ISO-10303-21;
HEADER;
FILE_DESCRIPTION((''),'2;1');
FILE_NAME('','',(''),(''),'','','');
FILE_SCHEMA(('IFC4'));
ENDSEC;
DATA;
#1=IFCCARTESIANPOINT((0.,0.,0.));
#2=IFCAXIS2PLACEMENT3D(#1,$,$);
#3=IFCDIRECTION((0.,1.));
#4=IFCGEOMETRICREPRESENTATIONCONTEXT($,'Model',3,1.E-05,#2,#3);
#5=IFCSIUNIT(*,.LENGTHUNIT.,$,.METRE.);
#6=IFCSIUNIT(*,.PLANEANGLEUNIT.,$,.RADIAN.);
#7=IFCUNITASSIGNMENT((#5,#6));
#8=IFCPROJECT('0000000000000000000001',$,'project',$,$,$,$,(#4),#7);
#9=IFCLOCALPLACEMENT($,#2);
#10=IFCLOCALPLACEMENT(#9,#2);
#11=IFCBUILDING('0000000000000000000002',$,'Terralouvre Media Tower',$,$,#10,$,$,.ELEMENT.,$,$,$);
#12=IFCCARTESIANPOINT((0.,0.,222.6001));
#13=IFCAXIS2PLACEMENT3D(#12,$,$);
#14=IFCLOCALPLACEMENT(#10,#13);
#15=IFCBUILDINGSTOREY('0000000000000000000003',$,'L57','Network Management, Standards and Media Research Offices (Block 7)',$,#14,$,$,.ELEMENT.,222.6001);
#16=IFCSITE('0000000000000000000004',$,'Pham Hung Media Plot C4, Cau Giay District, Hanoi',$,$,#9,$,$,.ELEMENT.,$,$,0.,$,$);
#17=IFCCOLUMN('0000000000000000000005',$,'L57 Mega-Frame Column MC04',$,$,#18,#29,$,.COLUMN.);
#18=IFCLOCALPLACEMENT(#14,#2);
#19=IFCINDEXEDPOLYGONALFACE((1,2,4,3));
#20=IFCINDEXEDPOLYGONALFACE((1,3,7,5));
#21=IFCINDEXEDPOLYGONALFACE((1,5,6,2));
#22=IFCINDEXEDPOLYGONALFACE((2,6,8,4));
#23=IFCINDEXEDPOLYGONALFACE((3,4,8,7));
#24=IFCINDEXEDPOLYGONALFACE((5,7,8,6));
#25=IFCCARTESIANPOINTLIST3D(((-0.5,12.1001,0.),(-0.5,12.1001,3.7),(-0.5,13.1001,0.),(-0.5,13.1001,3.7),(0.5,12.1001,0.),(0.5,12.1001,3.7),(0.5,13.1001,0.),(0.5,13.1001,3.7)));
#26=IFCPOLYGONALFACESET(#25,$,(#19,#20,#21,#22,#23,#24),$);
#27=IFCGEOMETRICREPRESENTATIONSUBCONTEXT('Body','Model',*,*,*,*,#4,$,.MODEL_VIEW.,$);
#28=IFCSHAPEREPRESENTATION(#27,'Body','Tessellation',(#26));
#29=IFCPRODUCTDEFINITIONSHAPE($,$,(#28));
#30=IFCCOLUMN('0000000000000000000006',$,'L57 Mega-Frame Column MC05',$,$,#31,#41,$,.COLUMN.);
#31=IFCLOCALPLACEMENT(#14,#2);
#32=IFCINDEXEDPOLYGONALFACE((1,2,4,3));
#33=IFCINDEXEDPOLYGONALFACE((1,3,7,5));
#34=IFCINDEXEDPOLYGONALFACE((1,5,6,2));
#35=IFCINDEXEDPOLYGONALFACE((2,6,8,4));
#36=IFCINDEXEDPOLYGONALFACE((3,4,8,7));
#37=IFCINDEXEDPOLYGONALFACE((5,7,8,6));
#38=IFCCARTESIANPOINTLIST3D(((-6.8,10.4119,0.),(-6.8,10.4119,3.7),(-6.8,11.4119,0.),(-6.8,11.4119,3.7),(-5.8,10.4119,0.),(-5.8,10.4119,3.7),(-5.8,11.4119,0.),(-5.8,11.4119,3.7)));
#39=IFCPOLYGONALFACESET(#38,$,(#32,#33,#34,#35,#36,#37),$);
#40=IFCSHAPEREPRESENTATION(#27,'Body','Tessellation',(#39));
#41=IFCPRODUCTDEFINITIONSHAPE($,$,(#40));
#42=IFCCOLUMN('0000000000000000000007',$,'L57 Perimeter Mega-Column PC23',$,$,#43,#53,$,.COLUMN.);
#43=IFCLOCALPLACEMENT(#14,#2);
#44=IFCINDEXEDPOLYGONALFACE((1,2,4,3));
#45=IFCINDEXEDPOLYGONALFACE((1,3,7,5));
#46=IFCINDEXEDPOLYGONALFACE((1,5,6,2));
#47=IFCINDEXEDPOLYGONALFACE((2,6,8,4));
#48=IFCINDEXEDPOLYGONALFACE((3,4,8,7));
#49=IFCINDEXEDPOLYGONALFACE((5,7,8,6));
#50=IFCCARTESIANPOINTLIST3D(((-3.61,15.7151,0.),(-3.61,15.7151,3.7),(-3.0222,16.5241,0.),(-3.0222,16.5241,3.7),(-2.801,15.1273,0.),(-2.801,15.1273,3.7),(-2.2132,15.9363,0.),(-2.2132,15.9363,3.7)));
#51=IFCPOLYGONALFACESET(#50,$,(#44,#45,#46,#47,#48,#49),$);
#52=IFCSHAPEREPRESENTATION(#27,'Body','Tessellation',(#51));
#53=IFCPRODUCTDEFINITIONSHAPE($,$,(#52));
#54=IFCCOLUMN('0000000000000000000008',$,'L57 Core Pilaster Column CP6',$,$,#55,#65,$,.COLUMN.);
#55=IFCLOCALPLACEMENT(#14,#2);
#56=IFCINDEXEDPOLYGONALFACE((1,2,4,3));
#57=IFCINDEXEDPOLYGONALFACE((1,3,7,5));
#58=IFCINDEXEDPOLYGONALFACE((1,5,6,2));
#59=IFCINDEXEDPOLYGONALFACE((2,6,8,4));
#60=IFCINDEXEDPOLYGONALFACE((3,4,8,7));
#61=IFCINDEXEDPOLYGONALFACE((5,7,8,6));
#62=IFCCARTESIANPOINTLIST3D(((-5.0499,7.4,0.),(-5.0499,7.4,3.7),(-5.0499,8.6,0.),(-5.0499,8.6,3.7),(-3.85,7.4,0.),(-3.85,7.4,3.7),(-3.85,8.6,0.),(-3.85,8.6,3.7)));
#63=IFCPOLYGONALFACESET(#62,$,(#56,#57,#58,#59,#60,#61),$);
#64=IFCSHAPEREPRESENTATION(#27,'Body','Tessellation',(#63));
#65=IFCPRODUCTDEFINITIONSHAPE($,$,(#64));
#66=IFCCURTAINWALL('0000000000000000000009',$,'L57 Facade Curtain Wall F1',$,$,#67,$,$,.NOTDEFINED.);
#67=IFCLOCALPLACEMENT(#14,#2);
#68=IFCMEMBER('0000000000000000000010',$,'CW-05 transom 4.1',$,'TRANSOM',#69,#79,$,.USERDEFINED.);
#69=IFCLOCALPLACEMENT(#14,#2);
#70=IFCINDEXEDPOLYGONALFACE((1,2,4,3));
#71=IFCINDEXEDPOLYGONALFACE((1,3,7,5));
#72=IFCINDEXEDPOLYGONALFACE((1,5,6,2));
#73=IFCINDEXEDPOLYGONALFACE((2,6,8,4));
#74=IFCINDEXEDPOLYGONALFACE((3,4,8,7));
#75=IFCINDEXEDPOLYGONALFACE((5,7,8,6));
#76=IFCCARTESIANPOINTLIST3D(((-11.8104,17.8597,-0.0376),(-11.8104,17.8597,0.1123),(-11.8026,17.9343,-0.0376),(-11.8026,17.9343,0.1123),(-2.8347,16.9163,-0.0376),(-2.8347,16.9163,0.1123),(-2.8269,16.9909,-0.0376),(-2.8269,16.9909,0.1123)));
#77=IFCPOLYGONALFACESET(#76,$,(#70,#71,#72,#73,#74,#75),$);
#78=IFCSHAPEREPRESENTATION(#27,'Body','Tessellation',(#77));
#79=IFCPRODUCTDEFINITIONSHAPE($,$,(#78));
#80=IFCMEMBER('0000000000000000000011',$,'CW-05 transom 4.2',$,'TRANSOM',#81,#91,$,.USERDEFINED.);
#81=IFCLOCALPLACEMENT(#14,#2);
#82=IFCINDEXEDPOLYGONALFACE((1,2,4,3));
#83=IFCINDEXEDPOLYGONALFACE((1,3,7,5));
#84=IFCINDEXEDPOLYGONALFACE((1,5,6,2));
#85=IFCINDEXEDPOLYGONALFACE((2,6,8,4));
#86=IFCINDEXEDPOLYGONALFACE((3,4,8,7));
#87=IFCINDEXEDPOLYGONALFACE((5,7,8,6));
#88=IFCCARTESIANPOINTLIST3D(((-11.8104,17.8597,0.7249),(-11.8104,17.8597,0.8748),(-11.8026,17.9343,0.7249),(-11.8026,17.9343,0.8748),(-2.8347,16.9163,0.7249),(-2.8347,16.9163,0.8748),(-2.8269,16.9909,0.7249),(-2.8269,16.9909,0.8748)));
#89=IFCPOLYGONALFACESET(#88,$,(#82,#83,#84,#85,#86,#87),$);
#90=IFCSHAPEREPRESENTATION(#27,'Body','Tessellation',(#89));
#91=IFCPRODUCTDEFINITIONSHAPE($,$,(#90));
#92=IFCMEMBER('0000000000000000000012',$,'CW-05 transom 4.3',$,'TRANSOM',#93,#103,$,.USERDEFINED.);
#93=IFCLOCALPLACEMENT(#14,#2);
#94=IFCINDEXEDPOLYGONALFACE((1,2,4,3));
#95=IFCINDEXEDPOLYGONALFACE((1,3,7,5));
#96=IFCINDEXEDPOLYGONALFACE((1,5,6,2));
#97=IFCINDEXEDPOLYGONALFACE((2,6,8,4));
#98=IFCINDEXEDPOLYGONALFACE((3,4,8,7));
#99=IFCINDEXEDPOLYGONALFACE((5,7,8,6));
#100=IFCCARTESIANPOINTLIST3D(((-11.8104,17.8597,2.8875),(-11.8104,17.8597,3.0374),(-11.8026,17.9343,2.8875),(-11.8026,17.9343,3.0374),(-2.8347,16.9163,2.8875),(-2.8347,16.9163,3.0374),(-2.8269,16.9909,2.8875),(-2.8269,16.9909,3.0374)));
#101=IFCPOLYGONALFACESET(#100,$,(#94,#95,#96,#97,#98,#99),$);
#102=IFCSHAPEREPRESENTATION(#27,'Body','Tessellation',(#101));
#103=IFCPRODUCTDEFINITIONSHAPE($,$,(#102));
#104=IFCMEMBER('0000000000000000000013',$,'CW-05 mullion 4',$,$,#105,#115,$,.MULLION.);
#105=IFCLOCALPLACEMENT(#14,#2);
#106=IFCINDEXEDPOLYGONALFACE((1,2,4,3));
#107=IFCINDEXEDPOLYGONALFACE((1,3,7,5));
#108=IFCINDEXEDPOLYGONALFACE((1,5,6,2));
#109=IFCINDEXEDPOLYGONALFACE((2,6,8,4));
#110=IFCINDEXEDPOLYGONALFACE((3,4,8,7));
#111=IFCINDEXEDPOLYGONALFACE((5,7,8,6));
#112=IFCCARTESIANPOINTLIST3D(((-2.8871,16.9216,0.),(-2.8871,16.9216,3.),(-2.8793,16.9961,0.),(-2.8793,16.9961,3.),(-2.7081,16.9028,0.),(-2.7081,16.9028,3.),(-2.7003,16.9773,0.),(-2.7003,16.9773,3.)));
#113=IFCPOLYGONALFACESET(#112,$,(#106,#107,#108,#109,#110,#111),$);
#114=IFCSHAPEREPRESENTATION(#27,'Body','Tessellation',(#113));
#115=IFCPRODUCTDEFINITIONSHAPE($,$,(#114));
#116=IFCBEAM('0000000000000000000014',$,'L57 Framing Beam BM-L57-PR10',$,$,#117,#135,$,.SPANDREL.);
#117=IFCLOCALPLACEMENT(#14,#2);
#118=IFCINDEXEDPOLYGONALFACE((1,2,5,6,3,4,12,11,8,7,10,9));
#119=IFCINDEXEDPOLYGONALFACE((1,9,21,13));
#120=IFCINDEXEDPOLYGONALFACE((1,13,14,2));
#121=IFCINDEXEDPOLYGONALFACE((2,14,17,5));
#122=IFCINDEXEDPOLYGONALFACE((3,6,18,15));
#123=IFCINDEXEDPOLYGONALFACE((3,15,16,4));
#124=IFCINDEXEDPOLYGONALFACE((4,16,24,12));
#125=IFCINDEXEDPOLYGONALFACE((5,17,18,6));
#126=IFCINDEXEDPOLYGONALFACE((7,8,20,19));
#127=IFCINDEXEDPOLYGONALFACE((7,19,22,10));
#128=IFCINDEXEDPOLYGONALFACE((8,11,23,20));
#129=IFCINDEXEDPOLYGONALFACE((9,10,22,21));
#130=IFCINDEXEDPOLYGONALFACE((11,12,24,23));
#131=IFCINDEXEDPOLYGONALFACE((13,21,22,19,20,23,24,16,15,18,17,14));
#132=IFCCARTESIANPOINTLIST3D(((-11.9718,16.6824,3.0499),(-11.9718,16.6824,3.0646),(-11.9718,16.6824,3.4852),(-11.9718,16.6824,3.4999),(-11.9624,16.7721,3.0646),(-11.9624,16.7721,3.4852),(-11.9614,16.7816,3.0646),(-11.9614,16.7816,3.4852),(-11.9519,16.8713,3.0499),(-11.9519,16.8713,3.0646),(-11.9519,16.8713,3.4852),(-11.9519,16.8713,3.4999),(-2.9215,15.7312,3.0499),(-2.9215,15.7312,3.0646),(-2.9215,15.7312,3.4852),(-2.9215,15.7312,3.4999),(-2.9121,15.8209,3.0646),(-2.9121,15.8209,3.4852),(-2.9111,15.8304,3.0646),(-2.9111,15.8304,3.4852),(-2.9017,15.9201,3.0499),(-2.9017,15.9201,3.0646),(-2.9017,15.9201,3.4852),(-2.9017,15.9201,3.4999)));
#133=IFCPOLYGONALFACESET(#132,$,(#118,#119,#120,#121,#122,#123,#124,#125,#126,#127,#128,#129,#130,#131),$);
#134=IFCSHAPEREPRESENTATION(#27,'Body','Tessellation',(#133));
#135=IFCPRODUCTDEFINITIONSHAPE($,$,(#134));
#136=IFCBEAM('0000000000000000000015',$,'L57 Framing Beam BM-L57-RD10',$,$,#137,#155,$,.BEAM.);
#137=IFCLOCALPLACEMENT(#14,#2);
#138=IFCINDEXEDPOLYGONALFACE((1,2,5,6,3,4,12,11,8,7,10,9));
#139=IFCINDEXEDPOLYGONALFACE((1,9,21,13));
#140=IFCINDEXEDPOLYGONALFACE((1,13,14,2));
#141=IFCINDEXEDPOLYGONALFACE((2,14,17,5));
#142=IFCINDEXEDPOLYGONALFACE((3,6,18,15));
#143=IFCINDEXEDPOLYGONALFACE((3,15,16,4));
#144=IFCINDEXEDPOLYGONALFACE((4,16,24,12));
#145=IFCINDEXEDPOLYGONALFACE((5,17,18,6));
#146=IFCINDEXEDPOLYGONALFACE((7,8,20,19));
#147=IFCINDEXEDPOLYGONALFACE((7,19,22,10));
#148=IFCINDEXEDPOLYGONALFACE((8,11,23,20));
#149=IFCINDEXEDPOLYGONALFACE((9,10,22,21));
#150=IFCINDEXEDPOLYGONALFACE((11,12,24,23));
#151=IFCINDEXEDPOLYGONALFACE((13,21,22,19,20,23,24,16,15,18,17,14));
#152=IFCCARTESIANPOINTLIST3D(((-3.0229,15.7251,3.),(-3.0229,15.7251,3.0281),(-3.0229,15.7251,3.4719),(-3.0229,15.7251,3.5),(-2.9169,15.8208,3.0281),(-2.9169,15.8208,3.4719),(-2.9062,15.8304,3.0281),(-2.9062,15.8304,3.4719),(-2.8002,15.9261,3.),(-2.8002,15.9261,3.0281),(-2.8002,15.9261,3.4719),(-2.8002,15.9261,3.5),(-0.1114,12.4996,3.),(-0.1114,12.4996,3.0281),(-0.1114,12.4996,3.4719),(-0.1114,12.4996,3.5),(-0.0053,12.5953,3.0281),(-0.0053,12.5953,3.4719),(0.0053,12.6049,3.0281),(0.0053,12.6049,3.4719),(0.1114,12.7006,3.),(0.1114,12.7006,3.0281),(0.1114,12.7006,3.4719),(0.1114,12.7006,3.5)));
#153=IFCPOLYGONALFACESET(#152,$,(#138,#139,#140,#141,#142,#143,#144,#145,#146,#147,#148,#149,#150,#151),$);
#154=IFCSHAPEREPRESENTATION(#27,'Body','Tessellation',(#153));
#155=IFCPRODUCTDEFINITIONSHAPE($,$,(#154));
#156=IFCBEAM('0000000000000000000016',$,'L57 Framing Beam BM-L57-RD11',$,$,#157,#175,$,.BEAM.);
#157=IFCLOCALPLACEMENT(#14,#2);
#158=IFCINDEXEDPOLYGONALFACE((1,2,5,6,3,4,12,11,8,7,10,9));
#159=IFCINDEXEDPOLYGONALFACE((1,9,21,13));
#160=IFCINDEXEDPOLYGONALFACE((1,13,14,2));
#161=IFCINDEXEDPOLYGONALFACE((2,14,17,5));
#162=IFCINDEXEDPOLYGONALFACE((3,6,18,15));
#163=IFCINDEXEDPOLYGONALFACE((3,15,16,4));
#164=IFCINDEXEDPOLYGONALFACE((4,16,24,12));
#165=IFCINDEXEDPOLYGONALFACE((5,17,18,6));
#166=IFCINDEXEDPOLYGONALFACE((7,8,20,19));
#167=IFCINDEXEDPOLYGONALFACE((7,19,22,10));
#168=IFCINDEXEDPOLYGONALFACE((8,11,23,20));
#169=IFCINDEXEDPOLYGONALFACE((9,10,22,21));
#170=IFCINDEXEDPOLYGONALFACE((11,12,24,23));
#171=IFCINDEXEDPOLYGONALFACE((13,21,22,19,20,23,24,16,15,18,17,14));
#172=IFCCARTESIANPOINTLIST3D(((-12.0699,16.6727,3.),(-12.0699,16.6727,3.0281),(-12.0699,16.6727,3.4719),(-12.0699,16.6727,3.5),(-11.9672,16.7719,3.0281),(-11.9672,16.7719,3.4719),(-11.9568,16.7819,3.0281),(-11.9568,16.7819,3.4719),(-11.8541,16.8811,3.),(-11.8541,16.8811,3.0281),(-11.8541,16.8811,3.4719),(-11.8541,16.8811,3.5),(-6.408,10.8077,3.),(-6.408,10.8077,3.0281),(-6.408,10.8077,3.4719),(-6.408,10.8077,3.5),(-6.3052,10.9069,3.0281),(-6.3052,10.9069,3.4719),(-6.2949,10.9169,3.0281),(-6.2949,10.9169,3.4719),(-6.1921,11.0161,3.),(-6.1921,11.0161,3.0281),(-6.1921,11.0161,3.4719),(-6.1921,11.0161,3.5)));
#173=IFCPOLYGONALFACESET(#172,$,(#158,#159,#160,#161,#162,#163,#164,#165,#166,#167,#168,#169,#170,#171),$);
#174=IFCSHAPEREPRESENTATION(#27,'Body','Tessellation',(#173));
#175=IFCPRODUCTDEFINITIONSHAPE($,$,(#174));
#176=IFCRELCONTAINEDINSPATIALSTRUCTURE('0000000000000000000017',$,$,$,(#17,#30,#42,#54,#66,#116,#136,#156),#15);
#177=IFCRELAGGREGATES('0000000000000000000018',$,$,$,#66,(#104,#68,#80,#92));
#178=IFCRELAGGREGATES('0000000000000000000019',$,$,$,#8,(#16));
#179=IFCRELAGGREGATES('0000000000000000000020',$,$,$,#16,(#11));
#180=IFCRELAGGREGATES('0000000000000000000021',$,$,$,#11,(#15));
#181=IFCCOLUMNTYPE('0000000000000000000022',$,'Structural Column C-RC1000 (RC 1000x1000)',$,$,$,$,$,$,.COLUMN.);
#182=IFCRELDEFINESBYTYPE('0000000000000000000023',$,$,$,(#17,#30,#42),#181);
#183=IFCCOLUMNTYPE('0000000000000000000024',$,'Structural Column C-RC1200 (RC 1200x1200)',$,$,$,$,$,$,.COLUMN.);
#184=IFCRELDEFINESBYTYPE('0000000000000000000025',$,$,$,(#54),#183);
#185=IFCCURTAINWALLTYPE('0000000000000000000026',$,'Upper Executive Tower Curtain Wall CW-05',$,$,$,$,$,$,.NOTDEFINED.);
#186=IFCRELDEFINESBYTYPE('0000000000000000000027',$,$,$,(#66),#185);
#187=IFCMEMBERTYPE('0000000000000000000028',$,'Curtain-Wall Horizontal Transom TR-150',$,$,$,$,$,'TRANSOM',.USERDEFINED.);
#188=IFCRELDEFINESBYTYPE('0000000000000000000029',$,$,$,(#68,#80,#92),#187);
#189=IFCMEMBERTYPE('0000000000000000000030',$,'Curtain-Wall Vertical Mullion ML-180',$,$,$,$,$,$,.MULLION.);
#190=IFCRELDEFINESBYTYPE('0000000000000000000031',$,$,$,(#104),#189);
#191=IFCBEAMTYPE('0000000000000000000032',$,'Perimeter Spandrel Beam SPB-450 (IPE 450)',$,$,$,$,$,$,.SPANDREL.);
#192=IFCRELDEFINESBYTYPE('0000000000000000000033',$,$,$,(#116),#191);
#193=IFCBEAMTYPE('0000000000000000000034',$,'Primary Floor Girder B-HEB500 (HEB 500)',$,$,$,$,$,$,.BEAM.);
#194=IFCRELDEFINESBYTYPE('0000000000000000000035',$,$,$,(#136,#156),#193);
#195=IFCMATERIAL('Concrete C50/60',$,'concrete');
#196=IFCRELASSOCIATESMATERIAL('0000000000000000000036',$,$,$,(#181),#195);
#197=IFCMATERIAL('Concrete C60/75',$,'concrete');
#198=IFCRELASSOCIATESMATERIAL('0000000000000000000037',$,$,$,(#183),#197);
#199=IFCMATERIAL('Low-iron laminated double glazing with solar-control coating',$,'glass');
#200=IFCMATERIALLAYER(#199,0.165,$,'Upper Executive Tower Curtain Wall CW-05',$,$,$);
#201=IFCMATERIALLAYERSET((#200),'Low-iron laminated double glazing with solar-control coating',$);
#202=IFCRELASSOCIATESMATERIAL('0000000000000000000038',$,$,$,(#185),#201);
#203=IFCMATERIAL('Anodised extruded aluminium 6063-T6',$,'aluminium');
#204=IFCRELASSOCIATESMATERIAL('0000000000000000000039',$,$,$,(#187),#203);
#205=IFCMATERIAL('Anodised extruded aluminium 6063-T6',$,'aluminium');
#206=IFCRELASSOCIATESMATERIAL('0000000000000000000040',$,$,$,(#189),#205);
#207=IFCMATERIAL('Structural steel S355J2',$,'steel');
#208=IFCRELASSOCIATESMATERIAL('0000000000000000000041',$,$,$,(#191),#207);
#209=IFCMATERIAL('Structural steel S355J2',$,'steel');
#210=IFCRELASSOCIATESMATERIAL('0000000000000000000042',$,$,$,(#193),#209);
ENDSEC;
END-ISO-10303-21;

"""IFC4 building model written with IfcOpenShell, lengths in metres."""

from ifc_helpers import new_model, si_unit, direction, frame, origin, origin_2d, place, context, subcontext, project, spatial, rectangle, i_section, extrude, material, layer, layer_set, material_profile, profile_set, type_object, element, aggregate, save


model = new_model("IFC4")

# Units and contexts
model_context = context("Model", 3, precision=1e-05, world=origin(), true_north=direction((0.0, 1.0)))
body_context = subcontext(model_context, "Body", "Model", "MODEL_VIEW")
ifc_project = project(units=[si_unit("LENGTHUNIT", "METRE"), si_unit("PLANEANGLEUNIT", "RADIAN")], contexts=[model_context])

# Site, building, storey
site_placement = place(None, origin())
site = spatial("IfcSite", under=ifc_project, at=site_placement, Name="Pham Hung Media Plot C4, Cau Giay District, Hanoi", CompositionType="ELEMENT", RefElevation=0.0)
building_placement = place(site_placement, origin())
building = spatial("IfcBuilding", under=site, at=building_placement, Name="Terralouvre Media Tower", CompositionType="ELEMENT")
storey_placement = place(building_placement, frame((0.0, 0.0, 222.6001)))
storey = spatial("IfcBuildingStorey", under=building, at=storey_placement, Name="L57", Description="Network Management, Standards and Media Research Offices (Block 7)", CompositionType="ELEMENT", Elevation=222.6001)

# Columns
ifc_material_1 = material(Name="Concrete C50/60", Category="concrete")
ifc_material_profile_1 = material_profile(ifc_material_1, rectangle(XDim=1.0, YDim=1.0, at=origin_2d()), Name="RC 1000x1000")
ifc_profile_set_1 = profile_set([ifc_material_profile_1], Name="Concrete C50/60")
column_type_1 = type_object("IfcColumnType", Name="Structural Column C-RC1000 (RC 1000x1000)", PredefinedType="COLUMN", material=ifc_profile_set_1)
for number, where, z_axis, x_axis, name in (
    (1, (0.0, 12.6001, 0.0), (0.0, 0.0, 1.0), (1.0, 0.0, 0.0), "L57 Mega-Frame Column MC04"),
    (2, (-6.3, 10.9119, 0.0), (0.0, 0.0, 1.0), (1.0, 0.0, 0.0), "L57 Mega-Frame Column MC05"),
    (3, (-2.9116, 15.8257, 0.0), (0.0, 0.0, 1.0), (0.587785, 0.809017, 0.0), "L57 Perimeter Mega-Column PC23"),
):
    element("IfcColumn", number, at=place(storey_placement, frame(where, z_axis=z_axis, x_axis=x_axis)), inside=storey, type_object=column_type_1, Name=name, PredefinedType="COLUMN", context=body_context, shape_type="SweptSolid", body=[
        extrude(rectangle(XDim=1.0, YDim=1.0, at=origin_2d()), origin(), (0.0, 0.0, 1.0), 3.7),
    ])
ifc_material_2 = material(Name="Concrete C60/75", Category="concrete")
ifc_material_profile_2 = material_profile(ifc_material_2, rectangle(XDim=1.2, YDim=1.2, at=origin_2d()), Name="RC 1200x1200")
ifc_profile_set_2 = profile_set([ifc_material_profile_2], Name="Concrete C60/75")
column_type_2 = type_object("IfcColumnType", Name="Structural Column C-RC1200 (RC 1200x1200)", PredefinedType="COLUMN", material=ifc_profile_set_2)
column_placement = place(storey_placement, frame((-4.45, 8.0, 0.0), z_axis=(0.0, 0.0, 1.0), x_axis=(1.0, 0.0, 0.0)))
element("IfcColumn", 4, at=column_placement, inside=storey, type_object=column_type_2, Name="L57 Core Pilaster Column CP6", PredefinedType="COLUMN", context=body_context, shape_type="SweptSolid", body=[
    extrude(rectangle(XDim=1.2, YDim=1.2, at=origin_2d()), origin(), (0.0, 0.0, 1.0), 3.7),
])

# Curtain wall, members
ifc_material_3 = material(Name="Low-iron laminated double glazing with solar-control coating", Category="glass")
ifc_layer_1 = layer(ifc_material_3, 0.165, Name="Upper Executive Tower Curtain Wall CW-05")
ifc_layer_set_1 = layer_set([ifc_layer_1], Name="Low-iron laminated double glazing with solar-control coating")
curtain_wall_type = type_object("IfcCurtainWallType", Name="Upper Executive Tower Curtain Wall CW-05", PredefinedType="NOTDEFINED", material=ifc_layer_set_1)
curtain_wall_placement = place(storey_placement, origin())
curtain_wall = element("IfcCurtainWall", 5, at=curtain_wall_placement, inside=storey, type_object=curtain_wall_type, Name="L57 Facade Curtain Wall F1", PredefinedType="NOTDEFINED")
ifc_material_4 = material(Name="Anodised extruded aluminium 6063-T6", Category="aluminium")
ifc_material_profile_3 = material_profile(ifc_material_4, rectangle(XDim=0.075, YDim=0.1499, at=origin_2d()), Name="ALU 75x150")
ifc_profile_set_3 = profile_set([ifc_material_profile_3], Name="Anodised extruded aluminium 6063-T6")
member_type_1 = type_object("IfcMemberType", Name="Curtain-Wall Horizontal Transom TR-150", ElementType="TRANSOM", PredefinedType="USERDEFINED", material=ifc_profile_set_3)
member_1_placement = place(storey_placement, frame((-2.8308, 16.9536, 0.0374), z_axis=(-0.994522, 0.104527, 0.0), x_axis=(-0.104527, -0.994522, 0.0)))
member_1 = element("IfcMember", 6, at=member_1_placement, type_object=member_type_1, Name="CW-05 transom 4.1", ObjectType="TRANSOM", PredefinedType="USERDEFINED", context=body_context, shape_type="SweptSolid", body=[
    extrude(rectangle(XDim=0.075, YDim=0.1499, at=origin_2d()), origin(), (0.0, 0.0, 1.0), 9.0251),
])
member_2_placement = place(storey_placement, frame((-2.8308, 16.9536, 0.7998), z_axis=(-0.994522, 0.104527, 0.0), x_axis=(-0.104527, -0.994522, 0.0)))
member_2 = element("IfcMember", 7, at=member_2_placement, type_object=member_type_1, Name="CW-05 transom 4.2", ObjectType="TRANSOM", PredefinedType="USERDEFINED", context=body_context, shape_type="SweptSolid", body=[
    extrude(rectangle(XDim=0.075, YDim=0.1499, at=origin_2d()), origin(), (0.0, 0.0, 1.0), 9.0251),
])
member_3_placement = place(storey_placement, frame((-2.8308, 16.9536, 2.9624), z_axis=(-0.994522, 0.104527, 0.0), x_axis=(-0.104527, -0.994522, 0.0)))
member_3 = element("IfcMember", 8, at=member_3_placement, type_object=member_type_1, Name="CW-05 transom 4.3", ObjectType="TRANSOM", PredefinedType="USERDEFINED", context=body_context, shape_type="SweptSolid", body=[
    extrude(rectangle(XDim=0.075, YDim=0.1499, at=origin_2d()), origin(), (0.0, 0.0, 1.0), 9.0251),
])
ifc_material_5 = material(Name="Anodised extruded aluminium 6063-T6", Category="aluminium")
ifc_material_profile_4 = material_profile(ifc_material_5, rectangle(XDim=0.075, YDim=0.1799, at=origin_2d()), Name="ALU 75x180")
ifc_profile_set_4 = profile_set([ifc_material_profile_4], Name="Anodised extruded aluminium 6063-T6")
member_type_2 = type_object("IfcMemberType", Name="Curtain-Wall Vertical Mullion ML-180", PredefinedType="MULLION", material=ifc_profile_set_4)
member_4_placement = place(storey_placement, frame((-2.7937, 16.9495, 0.0), z_axis=(0.0, 0.0, 1.0), x_axis=(-0.104529, -0.994522, 0.0)))
member_4 = element("IfcMember", 9, at=member_4_placement, type_object=member_type_2, Name="CW-05 mullion 4", PredefinedType="MULLION", context=body_context, shape_type="SweptSolid", body=[
    extrude(rectangle(XDim=0.075, YDim=0.1799, at=origin_2d()), origin(), (0.0, 0.0, 1.0), 3.0),
])

# Beams
ifc_material_6 = material(Name="Structural steel S355J2", Category="steel")
ifc_material_profile_5 = material_profile(ifc_material_6, i_section(OverallWidth=0.1899, OverallDepth=0.45, WebThickness=0.0095, FlangeThickness=0.0146, at=origin_2d()), Name="IPE 450")
ifc_profile_set_5 = profile_set([ifc_material_profile_5], Name="Structural steel S355J2")
beam_type_1 = type_object("IfcBeamType", Name="Perimeter Spandrel Beam SPB-450 (IPE 450)", PredefinedType="SPANDREL", material=ifc_profile_set_5)
beam_1_placement = place(storey_placement, frame((-2.9116, 15.8257, 3.2749), z_axis=(-0.994522, 0.104523, 0.0), x_axis=(-0.104523, -0.994522, 0.0)))
element("IfcBeam", 10, at=beam_1_placement, inside=storey, type_object=beam_type_1, Name="L57 Framing Beam BM-L57-PR10", PredefinedType="SPANDREL", context=body_context, shape_type="SweptSolid", body=[
    extrude(i_section(OverallWidth=0.1899, OverallDepth=0.45, WebThickness=0.0095, FlangeThickness=0.0146, at=origin_2d()), origin(), (0.0, 0.0, 1.0), 9.1001),
])
ifc_material_7 = material(Name="Structural steel S355J2", Category="steel")
ifc_material_profile_6 = material_profile(ifc_material_7, i_section(OverallWidth=0.3, OverallDepth=0.5, WebThickness=0.0144, FlangeThickness=0.0281, at=origin_2d()), Name="HEB 500")
ifc_profile_set_6 = profile_set([ifc_material_profile_6], Name="Structural steel S355J2")
beam_type_2 = type_object("IfcBeamType", Name="Primary Floor Girder B-HEB500 (HEB 500)", PredefinedType="BEAM", material=ifc_profile_set_6)
beam_2_placement = place(storey_placement, frame((0.0, 12.6001, 3.25), z_axis=(-0.670057, 0.74231, 0.0), x_axis=(-0.74231, -0.670057, 0.0)))
element("IfcBeam", 11, at=beam_2_placement, inside=storey, type_object=beam_type_2, Name="L57 Framing Beam BM-L57-RD10", PredefinedType="BEAM", context=body_context, shape_type="SweptSolid", body=[
    extrude(i_section(OverallWidth=0.3, OverallDepth=0.5, WebThickness=0.0144, FlangeThickness=0.0281, at=origin_2d()), origin(), (0.0, 0.0, 1.0), 4.3452),
])
beam_3_placement = place(storey_placement, frame((-6.3, 10.9119, 3.25), z_axis=(-0.694538, 0.719456, 0.0), x_axis=(-0.719456, -0.694538, 0.0)))
element("IfcBeam", 12, at=beam_3_placement, inside=storey, type_object=beam_type_2, Name="L57 Framing Beam BM-L57-RD11", PredefinedType="BEAM", context=body_context, shape_type="SweptSolid", body=[
    extrude(i_section(OverallWidth=0.3, OverallDepth=0.5, WebThickness=0.0144, FlangeThickness=0.0281, at=origin_2d()), origin(), (0.0, 0.0, 1.0), 8.1521),
])

aggregate(curtain_wall, [member_4, member_1, member_2, member_3])

save(model, "model.ifc")
